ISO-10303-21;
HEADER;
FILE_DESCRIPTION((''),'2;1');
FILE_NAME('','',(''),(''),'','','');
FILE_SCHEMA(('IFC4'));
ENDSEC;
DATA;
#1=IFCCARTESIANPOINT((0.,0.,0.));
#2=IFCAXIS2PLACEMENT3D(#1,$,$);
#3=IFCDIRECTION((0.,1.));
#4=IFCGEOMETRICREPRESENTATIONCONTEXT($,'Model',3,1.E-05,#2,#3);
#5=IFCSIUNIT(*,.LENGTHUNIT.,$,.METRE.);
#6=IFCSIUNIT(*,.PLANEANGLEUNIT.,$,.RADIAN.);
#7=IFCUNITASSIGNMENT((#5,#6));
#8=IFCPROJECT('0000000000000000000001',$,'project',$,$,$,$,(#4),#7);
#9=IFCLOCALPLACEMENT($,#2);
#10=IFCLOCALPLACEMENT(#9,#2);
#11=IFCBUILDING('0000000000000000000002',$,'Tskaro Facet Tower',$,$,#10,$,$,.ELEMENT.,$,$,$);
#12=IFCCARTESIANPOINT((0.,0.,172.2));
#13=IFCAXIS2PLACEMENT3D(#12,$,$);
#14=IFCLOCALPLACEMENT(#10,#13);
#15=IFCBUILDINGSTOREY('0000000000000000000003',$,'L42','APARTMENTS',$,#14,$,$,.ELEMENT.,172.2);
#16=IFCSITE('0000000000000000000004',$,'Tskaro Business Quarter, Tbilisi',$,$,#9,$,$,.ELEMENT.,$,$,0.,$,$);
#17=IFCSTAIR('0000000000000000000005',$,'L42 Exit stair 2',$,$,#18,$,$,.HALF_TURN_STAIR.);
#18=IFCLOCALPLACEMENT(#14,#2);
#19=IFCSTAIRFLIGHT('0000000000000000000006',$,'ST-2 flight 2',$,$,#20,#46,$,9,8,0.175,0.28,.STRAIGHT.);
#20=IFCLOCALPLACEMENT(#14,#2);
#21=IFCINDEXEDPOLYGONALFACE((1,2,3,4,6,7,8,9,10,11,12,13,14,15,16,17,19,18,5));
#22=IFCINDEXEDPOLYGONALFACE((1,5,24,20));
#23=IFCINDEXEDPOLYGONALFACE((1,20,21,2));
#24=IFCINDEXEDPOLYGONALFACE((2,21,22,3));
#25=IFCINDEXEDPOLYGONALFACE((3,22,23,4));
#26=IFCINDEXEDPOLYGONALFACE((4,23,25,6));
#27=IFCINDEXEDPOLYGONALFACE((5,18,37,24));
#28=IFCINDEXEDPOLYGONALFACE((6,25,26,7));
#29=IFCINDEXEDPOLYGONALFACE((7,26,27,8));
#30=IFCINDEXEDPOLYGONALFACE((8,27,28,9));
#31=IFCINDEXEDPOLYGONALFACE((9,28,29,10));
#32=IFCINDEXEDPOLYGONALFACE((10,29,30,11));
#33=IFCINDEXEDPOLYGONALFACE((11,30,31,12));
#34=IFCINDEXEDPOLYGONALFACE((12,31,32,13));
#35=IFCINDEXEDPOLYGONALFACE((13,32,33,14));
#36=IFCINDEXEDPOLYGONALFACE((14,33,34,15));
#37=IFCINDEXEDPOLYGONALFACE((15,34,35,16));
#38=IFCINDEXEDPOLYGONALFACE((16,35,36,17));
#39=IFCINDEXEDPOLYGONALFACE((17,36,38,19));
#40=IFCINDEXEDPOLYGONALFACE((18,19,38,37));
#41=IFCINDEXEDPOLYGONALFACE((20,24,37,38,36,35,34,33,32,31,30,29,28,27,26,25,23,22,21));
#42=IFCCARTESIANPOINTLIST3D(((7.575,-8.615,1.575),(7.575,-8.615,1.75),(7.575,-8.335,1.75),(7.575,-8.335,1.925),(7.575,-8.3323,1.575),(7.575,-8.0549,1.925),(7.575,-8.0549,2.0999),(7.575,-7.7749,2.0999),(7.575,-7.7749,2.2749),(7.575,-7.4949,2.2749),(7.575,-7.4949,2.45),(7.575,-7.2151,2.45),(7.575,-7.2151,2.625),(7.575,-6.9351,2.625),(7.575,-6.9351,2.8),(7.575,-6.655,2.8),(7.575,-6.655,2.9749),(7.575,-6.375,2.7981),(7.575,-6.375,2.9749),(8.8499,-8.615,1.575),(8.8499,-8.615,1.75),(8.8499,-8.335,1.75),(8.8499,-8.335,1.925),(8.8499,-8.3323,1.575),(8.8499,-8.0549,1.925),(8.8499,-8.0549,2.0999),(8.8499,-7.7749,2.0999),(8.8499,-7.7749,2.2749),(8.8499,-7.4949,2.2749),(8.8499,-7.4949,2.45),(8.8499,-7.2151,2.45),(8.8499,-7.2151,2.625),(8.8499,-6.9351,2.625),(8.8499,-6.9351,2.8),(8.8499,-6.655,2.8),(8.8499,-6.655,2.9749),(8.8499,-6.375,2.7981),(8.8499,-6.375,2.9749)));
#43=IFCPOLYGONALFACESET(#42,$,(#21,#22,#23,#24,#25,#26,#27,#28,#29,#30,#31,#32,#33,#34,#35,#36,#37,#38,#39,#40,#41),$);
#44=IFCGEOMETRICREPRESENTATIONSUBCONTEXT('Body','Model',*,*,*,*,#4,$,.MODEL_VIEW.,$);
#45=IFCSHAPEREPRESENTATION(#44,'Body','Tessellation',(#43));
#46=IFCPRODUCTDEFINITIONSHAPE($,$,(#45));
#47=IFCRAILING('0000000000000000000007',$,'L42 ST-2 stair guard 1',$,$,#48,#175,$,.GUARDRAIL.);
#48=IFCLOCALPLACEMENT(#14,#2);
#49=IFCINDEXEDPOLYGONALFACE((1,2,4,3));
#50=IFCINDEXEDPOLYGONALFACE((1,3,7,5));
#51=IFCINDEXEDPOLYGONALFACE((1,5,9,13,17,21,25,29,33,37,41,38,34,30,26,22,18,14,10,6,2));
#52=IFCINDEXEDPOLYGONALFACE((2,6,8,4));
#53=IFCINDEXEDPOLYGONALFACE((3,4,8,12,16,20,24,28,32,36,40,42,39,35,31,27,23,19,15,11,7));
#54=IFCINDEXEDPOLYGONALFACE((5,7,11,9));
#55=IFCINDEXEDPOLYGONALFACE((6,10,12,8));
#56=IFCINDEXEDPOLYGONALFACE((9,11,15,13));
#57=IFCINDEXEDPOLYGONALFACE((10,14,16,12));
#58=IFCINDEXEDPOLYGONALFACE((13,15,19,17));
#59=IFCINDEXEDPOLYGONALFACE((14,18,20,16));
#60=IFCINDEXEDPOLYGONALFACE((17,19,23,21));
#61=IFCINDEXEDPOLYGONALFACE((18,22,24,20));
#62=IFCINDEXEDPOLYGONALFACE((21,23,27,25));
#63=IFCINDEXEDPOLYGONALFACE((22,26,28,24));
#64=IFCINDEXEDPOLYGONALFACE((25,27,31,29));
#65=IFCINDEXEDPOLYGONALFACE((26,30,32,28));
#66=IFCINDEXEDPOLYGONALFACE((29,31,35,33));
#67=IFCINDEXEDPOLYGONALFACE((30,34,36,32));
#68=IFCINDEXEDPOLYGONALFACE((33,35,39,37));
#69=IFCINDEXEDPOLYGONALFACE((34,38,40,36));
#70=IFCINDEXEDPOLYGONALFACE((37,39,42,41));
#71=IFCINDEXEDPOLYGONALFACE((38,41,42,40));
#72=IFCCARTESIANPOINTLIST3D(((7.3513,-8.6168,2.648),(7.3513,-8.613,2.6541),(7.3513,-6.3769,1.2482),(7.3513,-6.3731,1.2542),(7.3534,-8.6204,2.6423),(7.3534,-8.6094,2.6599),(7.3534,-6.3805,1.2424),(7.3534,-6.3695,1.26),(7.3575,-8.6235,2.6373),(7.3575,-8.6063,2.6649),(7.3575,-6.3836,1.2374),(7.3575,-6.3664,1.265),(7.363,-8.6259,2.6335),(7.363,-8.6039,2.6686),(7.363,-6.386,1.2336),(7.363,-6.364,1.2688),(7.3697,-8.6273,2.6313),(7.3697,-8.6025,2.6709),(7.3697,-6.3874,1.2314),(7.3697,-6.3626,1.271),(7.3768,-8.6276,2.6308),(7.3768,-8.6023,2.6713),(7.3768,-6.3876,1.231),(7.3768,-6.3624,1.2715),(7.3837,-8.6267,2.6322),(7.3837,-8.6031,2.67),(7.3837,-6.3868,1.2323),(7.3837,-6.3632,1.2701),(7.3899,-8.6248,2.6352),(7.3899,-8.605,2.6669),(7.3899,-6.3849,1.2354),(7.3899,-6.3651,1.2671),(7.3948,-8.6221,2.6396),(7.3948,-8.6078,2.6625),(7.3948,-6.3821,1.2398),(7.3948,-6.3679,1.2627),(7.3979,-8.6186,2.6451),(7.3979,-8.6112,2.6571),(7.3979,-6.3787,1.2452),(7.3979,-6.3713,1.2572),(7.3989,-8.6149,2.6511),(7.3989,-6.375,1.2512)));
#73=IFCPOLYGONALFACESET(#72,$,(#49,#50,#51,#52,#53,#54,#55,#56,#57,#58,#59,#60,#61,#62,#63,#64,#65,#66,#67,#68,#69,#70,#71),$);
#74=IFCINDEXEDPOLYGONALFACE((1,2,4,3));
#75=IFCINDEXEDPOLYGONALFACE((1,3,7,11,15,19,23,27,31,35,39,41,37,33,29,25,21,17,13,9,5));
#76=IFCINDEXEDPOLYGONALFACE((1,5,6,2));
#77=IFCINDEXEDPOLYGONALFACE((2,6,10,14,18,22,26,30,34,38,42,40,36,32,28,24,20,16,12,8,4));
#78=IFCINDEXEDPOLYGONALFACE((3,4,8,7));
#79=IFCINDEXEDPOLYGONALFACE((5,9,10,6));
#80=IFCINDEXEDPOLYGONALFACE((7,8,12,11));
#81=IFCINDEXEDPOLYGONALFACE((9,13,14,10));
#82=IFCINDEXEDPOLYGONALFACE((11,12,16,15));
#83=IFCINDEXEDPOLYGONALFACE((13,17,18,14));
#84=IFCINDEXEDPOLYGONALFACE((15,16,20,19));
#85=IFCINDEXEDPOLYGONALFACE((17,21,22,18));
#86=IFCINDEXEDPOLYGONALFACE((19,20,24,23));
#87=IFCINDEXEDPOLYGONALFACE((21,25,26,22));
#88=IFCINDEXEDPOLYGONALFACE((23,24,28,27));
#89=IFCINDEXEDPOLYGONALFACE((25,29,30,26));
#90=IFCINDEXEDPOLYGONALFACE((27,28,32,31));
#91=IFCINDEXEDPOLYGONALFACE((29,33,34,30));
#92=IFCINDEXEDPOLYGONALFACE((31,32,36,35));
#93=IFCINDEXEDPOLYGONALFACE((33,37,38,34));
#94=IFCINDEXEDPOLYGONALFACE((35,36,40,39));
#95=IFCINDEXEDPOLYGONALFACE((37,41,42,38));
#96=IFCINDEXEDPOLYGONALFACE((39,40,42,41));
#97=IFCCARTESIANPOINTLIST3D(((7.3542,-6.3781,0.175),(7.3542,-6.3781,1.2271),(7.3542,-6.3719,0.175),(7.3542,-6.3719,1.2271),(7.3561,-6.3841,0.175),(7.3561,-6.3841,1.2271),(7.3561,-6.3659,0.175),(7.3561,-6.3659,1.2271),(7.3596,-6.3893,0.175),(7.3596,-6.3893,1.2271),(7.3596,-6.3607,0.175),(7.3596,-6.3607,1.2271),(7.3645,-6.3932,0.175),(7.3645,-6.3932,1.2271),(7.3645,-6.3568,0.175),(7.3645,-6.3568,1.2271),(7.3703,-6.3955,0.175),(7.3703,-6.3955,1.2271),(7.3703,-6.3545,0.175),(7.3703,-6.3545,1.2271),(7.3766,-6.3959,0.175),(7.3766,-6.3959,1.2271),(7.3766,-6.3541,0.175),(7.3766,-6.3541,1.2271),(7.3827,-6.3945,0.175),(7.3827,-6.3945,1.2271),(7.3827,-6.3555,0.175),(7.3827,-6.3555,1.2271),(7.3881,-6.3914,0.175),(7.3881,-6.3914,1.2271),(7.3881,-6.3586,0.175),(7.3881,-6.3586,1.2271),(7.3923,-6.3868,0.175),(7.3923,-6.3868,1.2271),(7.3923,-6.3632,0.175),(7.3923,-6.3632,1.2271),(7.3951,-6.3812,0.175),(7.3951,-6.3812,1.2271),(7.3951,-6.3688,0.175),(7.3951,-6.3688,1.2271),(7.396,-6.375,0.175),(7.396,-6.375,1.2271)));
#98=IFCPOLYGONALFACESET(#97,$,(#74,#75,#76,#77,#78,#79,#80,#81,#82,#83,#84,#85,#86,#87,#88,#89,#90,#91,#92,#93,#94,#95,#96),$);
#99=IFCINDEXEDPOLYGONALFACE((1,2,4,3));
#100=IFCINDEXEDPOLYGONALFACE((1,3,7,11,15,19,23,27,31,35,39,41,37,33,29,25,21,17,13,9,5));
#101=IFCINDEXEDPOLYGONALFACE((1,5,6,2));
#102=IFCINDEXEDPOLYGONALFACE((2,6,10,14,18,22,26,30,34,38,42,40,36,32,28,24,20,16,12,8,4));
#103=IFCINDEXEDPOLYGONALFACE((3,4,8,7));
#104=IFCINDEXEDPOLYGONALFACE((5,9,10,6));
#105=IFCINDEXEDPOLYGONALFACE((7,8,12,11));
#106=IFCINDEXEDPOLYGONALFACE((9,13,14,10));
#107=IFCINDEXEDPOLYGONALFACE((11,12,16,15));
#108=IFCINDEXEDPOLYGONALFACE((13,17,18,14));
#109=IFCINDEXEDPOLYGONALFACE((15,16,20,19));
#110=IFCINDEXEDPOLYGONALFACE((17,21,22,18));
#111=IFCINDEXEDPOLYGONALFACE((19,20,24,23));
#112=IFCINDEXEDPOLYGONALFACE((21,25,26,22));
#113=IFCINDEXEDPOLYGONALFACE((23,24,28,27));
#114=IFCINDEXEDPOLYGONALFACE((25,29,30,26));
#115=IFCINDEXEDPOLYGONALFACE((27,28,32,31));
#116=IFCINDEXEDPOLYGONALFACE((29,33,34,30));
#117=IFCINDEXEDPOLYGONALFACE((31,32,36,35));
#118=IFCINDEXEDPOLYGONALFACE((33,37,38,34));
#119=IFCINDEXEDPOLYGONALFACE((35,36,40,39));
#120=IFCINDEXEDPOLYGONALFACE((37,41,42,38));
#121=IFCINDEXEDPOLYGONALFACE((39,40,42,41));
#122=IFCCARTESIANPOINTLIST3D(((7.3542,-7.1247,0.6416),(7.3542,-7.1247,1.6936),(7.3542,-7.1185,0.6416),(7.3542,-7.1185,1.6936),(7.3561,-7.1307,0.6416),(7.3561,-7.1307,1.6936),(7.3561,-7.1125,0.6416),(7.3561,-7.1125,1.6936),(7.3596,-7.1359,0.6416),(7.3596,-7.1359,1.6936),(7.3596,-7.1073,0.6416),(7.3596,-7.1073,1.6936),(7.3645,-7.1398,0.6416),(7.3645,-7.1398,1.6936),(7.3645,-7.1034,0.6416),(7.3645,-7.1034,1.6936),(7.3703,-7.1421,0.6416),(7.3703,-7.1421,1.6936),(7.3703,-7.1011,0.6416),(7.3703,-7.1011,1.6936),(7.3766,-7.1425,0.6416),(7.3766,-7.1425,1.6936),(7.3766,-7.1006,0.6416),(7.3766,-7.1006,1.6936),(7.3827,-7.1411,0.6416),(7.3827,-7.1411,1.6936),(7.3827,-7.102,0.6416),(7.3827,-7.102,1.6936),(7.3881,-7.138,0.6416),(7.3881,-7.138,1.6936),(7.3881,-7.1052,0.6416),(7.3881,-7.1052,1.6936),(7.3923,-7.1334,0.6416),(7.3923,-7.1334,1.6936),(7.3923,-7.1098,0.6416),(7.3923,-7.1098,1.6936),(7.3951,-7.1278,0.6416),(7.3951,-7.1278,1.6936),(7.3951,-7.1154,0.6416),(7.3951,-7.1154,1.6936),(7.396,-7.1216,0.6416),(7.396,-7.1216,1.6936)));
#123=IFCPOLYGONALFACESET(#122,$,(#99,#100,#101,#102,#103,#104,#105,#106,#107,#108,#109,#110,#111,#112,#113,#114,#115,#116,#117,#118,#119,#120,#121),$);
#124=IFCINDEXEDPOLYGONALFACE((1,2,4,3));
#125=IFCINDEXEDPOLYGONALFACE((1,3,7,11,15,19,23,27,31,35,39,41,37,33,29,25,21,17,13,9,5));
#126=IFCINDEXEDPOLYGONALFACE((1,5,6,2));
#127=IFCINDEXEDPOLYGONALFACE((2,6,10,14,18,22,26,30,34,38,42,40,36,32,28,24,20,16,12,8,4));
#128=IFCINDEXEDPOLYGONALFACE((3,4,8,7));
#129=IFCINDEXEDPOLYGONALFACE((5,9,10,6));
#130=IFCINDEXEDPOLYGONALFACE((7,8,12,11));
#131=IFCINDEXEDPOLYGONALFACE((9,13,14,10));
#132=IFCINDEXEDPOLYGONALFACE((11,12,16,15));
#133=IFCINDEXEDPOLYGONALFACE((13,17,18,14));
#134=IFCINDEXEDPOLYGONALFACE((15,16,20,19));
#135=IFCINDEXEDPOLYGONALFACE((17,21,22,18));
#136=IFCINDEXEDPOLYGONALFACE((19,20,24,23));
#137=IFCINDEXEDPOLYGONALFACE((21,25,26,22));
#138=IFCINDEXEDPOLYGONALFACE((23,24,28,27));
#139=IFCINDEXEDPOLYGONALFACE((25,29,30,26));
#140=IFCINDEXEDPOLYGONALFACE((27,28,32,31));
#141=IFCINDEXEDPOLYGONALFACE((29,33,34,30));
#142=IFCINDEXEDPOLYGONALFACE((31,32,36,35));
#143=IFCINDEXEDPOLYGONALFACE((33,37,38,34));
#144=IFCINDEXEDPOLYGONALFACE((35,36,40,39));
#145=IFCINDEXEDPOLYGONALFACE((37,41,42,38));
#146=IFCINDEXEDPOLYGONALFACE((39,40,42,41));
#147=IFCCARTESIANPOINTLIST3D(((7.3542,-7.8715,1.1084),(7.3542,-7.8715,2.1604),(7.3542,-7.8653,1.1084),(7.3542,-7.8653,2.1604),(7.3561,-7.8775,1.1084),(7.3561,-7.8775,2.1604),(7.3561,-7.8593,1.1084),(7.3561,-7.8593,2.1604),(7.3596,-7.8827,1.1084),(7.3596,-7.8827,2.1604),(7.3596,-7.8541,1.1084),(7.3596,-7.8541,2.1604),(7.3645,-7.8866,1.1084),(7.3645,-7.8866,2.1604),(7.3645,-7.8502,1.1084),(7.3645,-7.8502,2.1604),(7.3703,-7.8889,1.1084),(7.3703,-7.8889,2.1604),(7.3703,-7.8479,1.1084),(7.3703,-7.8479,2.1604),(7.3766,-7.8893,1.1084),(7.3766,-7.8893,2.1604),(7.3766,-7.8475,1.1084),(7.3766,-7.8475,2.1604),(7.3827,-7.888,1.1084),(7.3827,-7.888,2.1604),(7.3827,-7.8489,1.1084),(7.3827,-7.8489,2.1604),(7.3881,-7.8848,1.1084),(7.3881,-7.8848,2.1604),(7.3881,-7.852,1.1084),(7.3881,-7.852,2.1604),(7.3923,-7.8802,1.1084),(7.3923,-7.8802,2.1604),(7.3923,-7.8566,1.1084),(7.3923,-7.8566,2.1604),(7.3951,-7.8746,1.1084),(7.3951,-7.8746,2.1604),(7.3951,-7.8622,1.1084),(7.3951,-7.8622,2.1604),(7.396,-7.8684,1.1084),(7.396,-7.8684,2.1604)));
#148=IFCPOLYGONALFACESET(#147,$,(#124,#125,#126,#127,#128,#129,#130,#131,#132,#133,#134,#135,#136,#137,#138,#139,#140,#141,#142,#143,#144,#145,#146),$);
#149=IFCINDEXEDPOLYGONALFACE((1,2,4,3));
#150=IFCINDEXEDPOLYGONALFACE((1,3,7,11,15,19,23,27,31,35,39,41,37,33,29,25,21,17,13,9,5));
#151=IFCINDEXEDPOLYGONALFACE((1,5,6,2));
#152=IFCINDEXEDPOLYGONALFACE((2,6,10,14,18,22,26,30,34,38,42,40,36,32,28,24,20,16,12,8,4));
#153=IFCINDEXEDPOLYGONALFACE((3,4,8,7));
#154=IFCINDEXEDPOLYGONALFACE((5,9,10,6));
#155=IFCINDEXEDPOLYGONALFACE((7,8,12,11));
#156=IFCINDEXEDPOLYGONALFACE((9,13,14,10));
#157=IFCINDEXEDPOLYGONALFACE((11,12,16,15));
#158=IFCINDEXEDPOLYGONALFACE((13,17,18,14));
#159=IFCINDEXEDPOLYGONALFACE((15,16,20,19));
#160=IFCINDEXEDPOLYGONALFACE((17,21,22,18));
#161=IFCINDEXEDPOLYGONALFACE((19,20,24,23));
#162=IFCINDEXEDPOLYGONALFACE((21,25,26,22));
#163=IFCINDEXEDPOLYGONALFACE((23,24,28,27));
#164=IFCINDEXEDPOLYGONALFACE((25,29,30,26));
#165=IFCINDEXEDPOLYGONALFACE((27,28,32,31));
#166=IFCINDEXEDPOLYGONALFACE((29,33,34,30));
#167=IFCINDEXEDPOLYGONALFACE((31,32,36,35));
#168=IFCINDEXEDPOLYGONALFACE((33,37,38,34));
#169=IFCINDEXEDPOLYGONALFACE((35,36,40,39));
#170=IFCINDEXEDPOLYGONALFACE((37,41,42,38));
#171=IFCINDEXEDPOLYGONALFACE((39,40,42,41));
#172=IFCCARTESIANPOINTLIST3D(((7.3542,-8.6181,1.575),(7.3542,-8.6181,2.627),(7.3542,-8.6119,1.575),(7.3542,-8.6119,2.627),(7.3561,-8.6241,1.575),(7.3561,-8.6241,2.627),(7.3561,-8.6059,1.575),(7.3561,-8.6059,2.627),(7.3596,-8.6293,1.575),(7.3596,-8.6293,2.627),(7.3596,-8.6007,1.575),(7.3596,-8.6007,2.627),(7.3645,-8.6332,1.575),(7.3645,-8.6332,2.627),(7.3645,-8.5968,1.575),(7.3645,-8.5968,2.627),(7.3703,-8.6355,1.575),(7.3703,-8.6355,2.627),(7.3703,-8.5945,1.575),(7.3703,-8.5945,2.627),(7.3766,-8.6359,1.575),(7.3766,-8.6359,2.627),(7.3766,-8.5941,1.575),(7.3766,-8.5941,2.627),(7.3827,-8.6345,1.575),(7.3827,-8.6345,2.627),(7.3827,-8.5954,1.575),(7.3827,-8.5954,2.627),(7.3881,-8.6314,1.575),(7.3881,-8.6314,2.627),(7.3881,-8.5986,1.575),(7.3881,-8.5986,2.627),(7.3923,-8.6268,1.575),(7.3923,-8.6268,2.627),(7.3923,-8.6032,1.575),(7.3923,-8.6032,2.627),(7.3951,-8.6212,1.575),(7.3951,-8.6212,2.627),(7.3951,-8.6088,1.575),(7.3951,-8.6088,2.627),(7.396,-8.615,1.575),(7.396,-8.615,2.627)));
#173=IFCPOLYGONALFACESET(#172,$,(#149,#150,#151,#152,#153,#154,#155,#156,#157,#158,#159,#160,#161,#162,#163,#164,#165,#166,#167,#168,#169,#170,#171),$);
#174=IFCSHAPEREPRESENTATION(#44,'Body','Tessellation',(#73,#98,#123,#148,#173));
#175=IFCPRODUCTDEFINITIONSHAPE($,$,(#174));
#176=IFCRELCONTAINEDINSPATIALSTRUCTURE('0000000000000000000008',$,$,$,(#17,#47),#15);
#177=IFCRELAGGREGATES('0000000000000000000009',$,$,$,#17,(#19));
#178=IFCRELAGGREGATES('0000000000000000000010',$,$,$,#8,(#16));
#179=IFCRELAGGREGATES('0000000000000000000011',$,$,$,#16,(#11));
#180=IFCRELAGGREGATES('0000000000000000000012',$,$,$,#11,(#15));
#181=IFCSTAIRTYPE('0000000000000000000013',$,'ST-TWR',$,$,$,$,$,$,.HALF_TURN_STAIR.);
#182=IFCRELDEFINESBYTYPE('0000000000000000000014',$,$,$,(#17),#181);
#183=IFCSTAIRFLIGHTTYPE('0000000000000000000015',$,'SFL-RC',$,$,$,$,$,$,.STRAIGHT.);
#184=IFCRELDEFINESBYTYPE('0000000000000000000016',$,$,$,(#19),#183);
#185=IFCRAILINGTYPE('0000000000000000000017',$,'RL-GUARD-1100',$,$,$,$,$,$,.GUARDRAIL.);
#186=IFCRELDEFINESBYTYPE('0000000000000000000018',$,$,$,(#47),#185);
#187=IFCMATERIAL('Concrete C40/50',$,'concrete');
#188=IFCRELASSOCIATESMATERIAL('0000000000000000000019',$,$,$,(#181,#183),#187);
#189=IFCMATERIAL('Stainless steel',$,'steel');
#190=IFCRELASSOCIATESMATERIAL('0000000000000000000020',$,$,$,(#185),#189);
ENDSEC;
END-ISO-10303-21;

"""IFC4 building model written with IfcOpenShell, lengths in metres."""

from ifc_helpers import new_model, si_unit, direction, frame, origin, origin_2d, place, context, subcontext, project, spatial, polyline, circle, outline, extrude, material, type_object, element, aggregate, save


model = new_model("IFC4")

# Units and contexts
model_context = context("Model", 3, precision=1e-05, world=origin(), true_north=direction((0.0, 1.0)))
body_context = subcontext(model_context, "Body", "Model", "MODEL_VIEW")
ifc_project = project(units=[si_unit("LENGTHUNIT", "METRE"), si_unit("PLANEANGLEUNIT", "RADIAN")], contexts=[model_context])

# Site, building, storey
site_placement = place(None, origin())
site = spatial("IfcSite", under=ifc_project, at=site_placement, Name="Tskaro Business Quarter, Tbilisi", CompositionType="ELEMENT", RefElevation=0.0)
building_placement = place(site_placement, origin())
building = spatial("IfcBuilding", under=site, at=building_placement, Name="Tskaro Facet Tower", CompositionType="ELEMENT")
storey_placement = place(building_placement, frame((0.0, 0.0, 172.2)))
storey = spatial("IfcBuildingStorey", under=building, at=storey_placement, Name="L42", Description="APARTMENTS", CompositionType="ELEMENT", Elevation=172.2)

# Shared definitions
ifc_material_1 = material(Name="Stainless steel", Category="steel")

# Stair, stair flight
ifc_material_2 = material(Name="Concrete C40/50", Category="concrete")
stair_type = type_object("IfcStairType", Name="ST-TWR", PredefinedType="HALF_TURN_STAIR", material=ifc_material_2)
stair_placement = place(storey_placement, origin())
stair = element("IfcStair", 1, at=stair_placement, inside=storey, type_object=stair_type, Name="L42 Exit stair 2", PredefinedType="HALF_TURN_STAIR")
stair_flight_type = type_object("IfcStairFlightType", Name="SFL-RC", PredefinedType="STRAIGHT", material=ifc_material_2)
stair_flight_1_placement = place(storey_placement, frame((8.2124, -8.615, 1.575), z_axis=(0.0, 0.0, 1.0), x_axis=(0.0, 1.0, 0.0)))
stair_flight_1 = element("IfcStairFlight", 2, at=stair_flight_1_placement, type_object=stair_flight_type, Name="ST-2 flight 2", NumberOfRisers=9, NumberOfTreads=8, PredefinedType="STRAIGHT", RiserHeight=0.175, TreadLength=0.28, context=body_context, shape_type="SweptSolid", body=[
    extrude(outline(polyline([(0.0, 0.0), (0.0, 0.175), (0.28, 0.175), (0.28, 0.3501), (0.5601, 0.3501), (0.5601, 0.5249), (0.8401, 0.5249), (0.8401, 0.7), (1.1201, 0.7), (1.1201, 0.875), (1.3999, 0.875), (1.3999, 1.05), (1.6799, 1.05), (1.6799, 1.2251), (1.96, 1.2251), (1.96, 1.3999), (2.24, 1.3999), (2.24, 1.575), (2.24, 1.2231), (0.2827, 0.0), (0.0, 0.0)])), frame((0.0, 0.6375, 0.0), z_axis=(0.0, -1.0, 0.0), x_axis=(1.0, 0.0, 0.0)), (0.0, 0.0, 1.0), 1.2749),
])
aggregate(stair, [stair_flight_1])

# Railing
railing_type_1 = type_object("IfcRailingType", Name="RL-GUARD-1100", PredefinedType="GUARDRAIL", material=ifc_material_1)
railing_1_placement = place(storey_placement, frame((7.375, -6.375, 0.175)))
element("IfcRailing", 3, at=railing_1_placement, inside=storey, type_object=railing_type_1, Name="L42 ST-2 stair guard 1", PredefinedType="GUARDRAIL", context=body_context, shape_type="SweptSolid", body=[
    extrude(circle(Radius=0.0239, at=origin_2d()), frame((0.0, 0.0, 1.0762), z_axis=(0.0, -0.848014, 0.529974), x_axis=(1.0, 0.0, 0.0)), (0.0, 0.0, 1.0), 2.6414),
    extrude(circle(Radius=0.021, at=origin_2d()), origin(), (0.0, 0.0, 1.0), 1.052),
    extrude(circle(Radius=0.021, at=origin_2d()), frame((0.0, -0.7466, 0.4666)), (0.0, 0.0, 1.0), 1.052),
    extrude(circle(Radius=0.021, at=origin_2d()), frame((0.0, -1.4934, 0.9333)), (0.0, 0.0, 1.0), 1.052),
    extrude(circle(Radius=0.021, at=origin_2d()), frame((0.0, -2.24, 1.3999)), (0.0, 0.0, 1.0), 1.052),
])

save(model, "model.ifc")
